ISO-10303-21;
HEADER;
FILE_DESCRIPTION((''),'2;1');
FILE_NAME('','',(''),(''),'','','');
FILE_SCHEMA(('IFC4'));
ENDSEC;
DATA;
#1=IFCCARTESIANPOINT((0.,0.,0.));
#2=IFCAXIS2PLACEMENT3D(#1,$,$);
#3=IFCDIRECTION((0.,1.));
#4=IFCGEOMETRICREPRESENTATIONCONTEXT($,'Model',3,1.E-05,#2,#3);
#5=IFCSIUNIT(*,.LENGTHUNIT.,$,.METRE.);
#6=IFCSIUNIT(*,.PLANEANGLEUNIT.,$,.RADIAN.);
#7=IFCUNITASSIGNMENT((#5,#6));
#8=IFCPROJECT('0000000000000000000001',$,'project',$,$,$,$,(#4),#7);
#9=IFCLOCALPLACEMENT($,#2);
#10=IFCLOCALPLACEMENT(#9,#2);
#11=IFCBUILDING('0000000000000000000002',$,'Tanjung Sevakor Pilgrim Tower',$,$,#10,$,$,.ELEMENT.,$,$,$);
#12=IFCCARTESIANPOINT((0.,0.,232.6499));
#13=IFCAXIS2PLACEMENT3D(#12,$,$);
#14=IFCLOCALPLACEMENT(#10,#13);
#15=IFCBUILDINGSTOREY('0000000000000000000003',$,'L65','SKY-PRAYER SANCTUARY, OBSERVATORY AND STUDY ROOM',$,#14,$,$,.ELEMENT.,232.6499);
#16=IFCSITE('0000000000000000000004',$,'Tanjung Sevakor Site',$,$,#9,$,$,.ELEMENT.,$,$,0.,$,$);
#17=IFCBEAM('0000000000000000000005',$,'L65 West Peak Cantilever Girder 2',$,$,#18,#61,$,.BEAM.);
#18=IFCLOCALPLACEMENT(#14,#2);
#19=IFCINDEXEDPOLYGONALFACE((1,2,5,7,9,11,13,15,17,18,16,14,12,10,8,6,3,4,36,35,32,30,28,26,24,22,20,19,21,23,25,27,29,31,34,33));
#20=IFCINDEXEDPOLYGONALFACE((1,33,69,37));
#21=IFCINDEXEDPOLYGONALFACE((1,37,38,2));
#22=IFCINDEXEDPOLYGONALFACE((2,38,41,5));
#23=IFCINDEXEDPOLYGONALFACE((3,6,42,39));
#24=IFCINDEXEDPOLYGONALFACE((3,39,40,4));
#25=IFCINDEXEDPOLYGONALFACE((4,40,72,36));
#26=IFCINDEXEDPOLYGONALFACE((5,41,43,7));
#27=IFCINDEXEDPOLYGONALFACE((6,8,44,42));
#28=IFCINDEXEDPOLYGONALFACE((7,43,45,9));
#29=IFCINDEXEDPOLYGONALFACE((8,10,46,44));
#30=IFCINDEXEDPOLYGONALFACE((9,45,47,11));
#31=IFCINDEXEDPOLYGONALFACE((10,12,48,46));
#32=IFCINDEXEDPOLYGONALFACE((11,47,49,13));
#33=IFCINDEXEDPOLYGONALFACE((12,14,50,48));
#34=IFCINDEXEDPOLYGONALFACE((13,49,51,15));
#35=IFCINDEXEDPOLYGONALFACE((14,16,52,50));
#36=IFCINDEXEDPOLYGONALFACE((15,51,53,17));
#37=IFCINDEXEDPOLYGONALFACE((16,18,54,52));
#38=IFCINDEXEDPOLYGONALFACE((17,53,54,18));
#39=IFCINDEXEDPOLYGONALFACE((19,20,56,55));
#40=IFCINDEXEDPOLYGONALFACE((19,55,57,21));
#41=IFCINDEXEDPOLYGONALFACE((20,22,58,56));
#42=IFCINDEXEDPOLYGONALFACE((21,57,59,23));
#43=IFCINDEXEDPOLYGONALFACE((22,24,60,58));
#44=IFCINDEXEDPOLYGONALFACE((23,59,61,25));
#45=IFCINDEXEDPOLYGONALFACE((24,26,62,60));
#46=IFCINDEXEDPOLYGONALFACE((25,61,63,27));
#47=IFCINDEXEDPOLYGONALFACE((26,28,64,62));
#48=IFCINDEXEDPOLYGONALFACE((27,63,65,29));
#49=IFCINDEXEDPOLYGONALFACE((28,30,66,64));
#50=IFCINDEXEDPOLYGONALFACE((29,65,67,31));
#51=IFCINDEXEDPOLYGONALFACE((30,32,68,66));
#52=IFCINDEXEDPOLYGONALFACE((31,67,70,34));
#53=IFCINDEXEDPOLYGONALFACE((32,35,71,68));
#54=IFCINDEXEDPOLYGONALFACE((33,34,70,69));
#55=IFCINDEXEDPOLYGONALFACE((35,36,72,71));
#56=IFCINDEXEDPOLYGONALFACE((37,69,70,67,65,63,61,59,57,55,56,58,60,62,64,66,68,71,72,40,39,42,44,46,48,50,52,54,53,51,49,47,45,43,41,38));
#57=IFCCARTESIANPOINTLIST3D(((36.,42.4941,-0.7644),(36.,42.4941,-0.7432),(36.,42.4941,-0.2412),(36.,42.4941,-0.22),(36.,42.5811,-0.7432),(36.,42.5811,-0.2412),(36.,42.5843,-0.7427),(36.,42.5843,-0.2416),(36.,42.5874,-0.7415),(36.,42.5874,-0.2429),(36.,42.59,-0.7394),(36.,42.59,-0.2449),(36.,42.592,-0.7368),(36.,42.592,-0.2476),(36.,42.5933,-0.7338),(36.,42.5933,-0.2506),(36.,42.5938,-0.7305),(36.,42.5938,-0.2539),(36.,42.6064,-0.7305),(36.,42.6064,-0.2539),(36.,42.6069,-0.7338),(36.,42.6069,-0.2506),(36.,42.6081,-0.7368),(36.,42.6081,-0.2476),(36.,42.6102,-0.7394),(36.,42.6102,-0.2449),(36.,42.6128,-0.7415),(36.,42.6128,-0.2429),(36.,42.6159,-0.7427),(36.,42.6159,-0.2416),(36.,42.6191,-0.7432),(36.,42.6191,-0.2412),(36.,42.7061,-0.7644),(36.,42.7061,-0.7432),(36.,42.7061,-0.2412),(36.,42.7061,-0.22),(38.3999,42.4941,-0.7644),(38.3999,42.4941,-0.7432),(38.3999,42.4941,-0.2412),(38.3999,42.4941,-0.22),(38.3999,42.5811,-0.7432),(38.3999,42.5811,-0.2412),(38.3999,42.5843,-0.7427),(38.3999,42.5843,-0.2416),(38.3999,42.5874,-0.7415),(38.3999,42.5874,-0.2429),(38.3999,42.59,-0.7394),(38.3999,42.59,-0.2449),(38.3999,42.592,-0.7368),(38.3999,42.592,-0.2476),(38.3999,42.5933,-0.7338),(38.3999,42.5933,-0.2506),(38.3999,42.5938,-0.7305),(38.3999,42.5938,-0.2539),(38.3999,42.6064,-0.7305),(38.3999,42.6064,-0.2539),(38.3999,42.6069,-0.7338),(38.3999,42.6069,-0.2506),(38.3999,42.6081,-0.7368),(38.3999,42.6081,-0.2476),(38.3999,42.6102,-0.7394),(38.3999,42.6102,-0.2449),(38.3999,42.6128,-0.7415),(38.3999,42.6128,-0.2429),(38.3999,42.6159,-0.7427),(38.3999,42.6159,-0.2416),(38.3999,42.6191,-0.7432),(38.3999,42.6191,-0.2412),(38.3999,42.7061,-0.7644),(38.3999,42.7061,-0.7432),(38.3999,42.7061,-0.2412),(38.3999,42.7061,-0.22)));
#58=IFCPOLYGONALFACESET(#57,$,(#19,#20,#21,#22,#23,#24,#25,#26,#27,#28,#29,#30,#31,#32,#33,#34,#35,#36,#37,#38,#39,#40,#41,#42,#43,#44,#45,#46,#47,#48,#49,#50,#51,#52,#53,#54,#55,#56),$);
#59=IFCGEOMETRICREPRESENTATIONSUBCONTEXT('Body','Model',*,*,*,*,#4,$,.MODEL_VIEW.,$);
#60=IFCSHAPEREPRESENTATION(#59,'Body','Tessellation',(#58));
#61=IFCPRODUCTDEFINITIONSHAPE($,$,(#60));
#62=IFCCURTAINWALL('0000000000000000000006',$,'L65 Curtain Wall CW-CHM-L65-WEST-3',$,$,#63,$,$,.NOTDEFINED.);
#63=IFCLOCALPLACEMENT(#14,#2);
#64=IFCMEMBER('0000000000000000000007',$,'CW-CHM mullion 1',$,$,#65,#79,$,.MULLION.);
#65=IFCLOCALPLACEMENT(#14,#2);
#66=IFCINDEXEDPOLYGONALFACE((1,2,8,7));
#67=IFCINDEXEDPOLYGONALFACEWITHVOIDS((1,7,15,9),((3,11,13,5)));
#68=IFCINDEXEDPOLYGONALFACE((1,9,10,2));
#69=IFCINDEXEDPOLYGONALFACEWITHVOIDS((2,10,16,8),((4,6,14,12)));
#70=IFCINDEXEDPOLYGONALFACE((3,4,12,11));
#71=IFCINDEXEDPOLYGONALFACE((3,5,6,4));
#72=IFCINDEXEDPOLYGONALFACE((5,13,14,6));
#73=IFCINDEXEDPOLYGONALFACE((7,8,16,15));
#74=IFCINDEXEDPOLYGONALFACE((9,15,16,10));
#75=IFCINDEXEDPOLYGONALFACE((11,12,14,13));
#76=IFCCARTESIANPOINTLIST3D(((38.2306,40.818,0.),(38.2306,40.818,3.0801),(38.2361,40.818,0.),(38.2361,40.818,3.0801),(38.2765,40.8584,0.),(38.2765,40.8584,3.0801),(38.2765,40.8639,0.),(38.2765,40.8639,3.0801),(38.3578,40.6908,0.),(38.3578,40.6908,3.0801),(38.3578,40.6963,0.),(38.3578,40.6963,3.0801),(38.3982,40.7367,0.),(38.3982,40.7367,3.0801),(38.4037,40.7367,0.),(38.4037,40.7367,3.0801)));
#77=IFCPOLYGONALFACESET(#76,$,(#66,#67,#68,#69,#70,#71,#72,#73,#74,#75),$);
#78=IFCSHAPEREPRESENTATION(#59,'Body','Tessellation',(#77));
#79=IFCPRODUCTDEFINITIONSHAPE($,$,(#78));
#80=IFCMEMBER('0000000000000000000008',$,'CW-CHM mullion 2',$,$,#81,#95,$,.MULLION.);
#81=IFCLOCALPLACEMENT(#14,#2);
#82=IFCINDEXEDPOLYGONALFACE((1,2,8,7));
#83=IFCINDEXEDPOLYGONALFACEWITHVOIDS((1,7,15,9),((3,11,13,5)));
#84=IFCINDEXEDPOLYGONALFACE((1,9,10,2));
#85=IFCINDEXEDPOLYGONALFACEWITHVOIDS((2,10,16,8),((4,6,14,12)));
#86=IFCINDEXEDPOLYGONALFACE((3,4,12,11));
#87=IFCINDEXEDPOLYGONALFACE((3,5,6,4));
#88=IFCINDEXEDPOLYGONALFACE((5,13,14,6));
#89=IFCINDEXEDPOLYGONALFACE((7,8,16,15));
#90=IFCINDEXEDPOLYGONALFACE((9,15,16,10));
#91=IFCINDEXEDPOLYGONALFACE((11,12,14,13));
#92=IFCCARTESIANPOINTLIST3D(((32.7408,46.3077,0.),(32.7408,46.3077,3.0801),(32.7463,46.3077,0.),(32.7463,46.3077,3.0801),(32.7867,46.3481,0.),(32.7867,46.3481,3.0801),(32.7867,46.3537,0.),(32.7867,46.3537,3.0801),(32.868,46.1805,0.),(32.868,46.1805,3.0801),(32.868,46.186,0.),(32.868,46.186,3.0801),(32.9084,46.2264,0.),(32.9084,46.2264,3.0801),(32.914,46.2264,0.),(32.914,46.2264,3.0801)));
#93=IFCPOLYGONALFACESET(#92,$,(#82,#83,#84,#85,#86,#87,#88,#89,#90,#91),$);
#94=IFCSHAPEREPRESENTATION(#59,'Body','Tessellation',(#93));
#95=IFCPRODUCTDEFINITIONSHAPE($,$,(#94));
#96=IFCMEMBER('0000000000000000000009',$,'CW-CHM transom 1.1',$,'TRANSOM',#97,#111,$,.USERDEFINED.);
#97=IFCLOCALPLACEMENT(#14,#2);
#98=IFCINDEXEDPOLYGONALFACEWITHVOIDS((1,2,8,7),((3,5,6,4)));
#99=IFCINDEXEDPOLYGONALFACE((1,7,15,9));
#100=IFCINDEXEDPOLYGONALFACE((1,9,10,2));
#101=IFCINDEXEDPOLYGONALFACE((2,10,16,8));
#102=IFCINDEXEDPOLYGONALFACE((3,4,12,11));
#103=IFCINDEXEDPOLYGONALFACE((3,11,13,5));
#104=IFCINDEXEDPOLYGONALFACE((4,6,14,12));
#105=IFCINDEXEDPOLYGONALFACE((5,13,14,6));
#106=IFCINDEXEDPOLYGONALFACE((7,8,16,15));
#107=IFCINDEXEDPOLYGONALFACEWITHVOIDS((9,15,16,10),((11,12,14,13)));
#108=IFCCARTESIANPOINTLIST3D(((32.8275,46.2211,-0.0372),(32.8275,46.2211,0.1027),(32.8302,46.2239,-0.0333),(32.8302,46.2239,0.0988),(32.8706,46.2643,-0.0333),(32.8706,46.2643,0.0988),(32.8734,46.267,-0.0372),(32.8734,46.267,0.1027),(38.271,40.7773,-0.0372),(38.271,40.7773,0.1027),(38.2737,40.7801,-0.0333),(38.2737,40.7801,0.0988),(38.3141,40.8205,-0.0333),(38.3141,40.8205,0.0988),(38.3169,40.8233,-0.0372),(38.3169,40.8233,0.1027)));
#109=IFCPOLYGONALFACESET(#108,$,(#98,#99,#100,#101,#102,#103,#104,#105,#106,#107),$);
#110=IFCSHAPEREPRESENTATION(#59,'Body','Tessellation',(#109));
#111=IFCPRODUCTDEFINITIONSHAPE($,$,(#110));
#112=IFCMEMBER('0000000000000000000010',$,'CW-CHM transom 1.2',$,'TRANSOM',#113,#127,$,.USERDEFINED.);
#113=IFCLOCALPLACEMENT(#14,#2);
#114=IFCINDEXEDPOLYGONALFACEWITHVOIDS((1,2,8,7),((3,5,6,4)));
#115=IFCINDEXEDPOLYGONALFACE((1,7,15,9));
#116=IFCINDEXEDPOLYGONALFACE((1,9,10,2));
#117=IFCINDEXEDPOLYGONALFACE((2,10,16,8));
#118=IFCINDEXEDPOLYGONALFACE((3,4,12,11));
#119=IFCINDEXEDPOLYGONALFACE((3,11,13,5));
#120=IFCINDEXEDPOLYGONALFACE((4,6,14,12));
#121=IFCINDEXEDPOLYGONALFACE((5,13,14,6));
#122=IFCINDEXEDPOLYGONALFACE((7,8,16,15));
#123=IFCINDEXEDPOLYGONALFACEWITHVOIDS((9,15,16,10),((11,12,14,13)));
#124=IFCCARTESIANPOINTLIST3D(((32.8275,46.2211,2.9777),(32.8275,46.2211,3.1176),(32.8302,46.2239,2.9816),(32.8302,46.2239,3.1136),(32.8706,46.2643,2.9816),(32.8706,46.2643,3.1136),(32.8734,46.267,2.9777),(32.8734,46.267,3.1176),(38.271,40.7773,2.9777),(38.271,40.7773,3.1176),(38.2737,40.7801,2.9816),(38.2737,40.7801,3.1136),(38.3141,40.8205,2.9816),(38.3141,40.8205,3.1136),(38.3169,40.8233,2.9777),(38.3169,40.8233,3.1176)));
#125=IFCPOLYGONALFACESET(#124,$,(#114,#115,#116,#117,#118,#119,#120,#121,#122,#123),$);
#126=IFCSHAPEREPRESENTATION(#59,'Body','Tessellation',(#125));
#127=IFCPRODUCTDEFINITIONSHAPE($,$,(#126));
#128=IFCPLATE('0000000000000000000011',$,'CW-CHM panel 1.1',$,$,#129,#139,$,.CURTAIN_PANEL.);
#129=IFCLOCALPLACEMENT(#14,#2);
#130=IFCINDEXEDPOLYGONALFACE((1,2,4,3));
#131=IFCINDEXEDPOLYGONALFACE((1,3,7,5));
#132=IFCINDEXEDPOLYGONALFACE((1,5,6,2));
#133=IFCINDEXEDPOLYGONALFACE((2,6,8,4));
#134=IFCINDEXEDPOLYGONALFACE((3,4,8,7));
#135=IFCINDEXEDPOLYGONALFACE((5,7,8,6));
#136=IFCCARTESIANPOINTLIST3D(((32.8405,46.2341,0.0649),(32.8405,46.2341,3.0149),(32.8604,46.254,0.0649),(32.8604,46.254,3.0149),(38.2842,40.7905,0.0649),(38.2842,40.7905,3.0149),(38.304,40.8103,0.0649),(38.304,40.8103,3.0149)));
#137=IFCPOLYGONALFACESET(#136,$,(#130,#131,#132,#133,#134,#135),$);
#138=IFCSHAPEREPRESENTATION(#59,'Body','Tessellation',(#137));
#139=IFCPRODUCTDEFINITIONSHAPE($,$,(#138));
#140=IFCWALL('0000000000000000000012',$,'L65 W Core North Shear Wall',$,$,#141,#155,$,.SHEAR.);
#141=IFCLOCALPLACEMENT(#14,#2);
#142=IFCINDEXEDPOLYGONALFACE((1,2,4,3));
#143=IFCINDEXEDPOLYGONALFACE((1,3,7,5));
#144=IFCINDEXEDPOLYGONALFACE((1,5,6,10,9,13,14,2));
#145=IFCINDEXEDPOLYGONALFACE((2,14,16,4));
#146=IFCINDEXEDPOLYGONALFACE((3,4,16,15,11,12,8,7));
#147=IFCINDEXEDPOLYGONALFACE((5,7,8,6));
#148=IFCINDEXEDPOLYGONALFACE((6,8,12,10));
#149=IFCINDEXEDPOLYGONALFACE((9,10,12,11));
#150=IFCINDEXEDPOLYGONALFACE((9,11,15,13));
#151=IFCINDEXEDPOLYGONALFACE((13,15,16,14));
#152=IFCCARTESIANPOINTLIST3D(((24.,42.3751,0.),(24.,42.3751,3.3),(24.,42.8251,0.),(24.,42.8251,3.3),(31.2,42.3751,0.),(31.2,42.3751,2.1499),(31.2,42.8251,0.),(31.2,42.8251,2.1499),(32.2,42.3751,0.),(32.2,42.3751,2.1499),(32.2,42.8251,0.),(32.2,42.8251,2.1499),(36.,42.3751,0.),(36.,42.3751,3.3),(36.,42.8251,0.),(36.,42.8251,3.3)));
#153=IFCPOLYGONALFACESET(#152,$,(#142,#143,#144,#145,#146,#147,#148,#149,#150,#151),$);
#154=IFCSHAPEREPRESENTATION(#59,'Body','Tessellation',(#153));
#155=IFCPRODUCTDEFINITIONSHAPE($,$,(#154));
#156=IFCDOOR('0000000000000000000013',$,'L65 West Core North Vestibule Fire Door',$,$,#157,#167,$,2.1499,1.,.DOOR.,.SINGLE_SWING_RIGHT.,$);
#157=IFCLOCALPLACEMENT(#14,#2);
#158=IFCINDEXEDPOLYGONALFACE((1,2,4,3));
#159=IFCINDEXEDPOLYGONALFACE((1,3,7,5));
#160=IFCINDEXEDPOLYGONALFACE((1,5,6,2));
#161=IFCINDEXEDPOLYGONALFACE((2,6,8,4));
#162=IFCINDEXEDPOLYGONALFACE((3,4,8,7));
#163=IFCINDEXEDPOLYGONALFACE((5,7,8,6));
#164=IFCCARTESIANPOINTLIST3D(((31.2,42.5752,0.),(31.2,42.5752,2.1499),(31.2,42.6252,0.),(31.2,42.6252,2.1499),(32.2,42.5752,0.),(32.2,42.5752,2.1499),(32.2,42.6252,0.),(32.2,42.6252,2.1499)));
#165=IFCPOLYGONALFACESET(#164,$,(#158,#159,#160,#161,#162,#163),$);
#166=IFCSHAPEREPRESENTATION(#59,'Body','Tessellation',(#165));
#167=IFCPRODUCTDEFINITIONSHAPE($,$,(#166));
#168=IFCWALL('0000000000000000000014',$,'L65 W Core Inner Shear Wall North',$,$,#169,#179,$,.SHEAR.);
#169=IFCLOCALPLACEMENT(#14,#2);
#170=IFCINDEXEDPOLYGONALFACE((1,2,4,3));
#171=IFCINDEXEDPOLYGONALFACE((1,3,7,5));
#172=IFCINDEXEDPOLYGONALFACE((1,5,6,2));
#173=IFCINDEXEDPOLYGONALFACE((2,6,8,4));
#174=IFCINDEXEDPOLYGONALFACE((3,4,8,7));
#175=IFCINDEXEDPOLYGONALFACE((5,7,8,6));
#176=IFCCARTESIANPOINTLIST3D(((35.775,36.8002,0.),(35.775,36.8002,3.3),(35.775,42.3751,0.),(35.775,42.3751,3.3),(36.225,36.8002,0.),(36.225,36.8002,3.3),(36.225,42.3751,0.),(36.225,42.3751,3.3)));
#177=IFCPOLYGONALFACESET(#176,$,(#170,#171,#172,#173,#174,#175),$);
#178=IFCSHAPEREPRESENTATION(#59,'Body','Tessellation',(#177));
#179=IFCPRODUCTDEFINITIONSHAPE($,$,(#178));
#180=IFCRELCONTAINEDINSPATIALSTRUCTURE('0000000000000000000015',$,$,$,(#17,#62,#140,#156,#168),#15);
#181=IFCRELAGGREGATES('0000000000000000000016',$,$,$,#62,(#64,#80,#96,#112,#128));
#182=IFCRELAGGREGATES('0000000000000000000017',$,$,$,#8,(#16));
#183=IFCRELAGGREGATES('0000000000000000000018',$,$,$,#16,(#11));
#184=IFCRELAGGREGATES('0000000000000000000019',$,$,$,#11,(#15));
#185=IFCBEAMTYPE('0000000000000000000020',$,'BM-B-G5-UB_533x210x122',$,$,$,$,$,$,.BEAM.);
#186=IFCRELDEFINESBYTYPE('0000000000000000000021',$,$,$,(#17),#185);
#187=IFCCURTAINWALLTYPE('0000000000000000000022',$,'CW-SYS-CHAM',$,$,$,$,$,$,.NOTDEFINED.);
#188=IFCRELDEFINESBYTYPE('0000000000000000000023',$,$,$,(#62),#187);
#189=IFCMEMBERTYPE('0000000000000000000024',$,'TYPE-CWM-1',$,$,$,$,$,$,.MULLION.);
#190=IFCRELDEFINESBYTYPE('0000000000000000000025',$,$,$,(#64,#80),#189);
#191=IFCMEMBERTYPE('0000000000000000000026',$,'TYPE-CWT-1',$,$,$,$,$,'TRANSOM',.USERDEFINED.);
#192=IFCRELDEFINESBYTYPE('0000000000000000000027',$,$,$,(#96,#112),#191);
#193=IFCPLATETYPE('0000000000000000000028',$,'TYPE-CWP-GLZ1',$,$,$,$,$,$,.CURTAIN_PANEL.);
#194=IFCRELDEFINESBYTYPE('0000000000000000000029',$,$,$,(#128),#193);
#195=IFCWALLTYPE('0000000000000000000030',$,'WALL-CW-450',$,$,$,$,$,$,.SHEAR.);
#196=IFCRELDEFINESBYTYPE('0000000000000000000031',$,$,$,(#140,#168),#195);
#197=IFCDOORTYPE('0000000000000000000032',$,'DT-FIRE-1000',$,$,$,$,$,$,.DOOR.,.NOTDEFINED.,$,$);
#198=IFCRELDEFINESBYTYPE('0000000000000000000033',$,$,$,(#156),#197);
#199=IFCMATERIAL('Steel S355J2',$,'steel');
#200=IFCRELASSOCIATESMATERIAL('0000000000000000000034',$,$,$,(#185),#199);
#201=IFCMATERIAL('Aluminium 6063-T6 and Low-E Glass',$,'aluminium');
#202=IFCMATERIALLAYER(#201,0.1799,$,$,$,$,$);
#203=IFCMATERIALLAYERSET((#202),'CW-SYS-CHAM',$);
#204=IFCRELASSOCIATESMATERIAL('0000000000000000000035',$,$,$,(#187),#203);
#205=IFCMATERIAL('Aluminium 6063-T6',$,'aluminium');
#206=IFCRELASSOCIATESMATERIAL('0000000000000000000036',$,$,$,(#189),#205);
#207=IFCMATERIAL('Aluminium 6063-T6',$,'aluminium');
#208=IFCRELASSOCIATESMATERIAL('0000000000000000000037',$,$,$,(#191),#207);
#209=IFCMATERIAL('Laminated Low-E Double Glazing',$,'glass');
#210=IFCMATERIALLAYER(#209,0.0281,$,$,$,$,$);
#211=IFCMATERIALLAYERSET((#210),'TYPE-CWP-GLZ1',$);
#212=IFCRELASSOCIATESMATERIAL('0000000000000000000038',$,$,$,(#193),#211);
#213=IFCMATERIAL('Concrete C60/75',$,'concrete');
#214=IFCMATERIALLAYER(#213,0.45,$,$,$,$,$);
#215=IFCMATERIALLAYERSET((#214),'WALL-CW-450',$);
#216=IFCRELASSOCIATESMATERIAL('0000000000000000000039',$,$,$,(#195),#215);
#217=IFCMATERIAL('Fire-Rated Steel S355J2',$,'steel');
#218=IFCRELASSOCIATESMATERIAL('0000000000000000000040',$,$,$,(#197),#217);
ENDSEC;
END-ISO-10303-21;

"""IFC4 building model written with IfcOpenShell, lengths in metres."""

from ifc_helpers import new_model, si_unit, direction, frame, frame_2d, origin, origin_2d, place, context, subcontext, project, spatial, rectangle, hollow_rectangle, i_section, extrude, material, layer, layer_set, material_profile, profile_set, type_object, element, fill, aggregate, save


model = new_model("IFC4")

# Units and contexts
model_context = context("Model", 3, precision=1e-05, world=origin(), true_north=direction((0.0, 1.0)))
body_context = subcontext(model_context, "Body", "Model", "MODEL_VIEW")
ifc_project = project(units=[si_unit("LENGTHUNIT", "METRE"), si_unit("PLANEANGLEUNIT", "RADIAN")], contexts=[model_context])

# Site, building, storey
site_placement = place(None, origin())
site = spatial("IfcSite", under=ifc_project, at=site_placement, Name="Tanjung Sevakor Site", CompositionType="ELEMENT", RefElevation=0.0)
building_placement = place(site_placement, origin())
building = spatial("IfcBuilding", under=site, at=building_placement, Name="Tanjung Sevakor Pilgrim Tower", CompositionType="ELEMENT")
storey_placement = place(building_placement, frame((0.0, 0.0, 232.6499)))
storey = spatial("IfcBuildingStorey", under=building, at=storey_placement, Name="L65", Description="SKY-PRAYER SANCTUARY, OBSERVATORY AND STUDY ROOM", CompositionType="ELEMENT", Elevation=232.6499)

# Beam
ifc_material_1 = material(Name="Steel S355J2", Category="steel")
ifc_material_profile_1 = material_profile(ifc_material_1, i_section(OverallWidth=0.2119, OverallDepth=0.5444, WebThickness=0.0127, FlangeThickness=0.0212, FilletRadius=0.0127, at=origin_2d()))
ifc_profile_set_1 = profile_set([ifc_material_profile_1], Name="Steel S355J2")
beam_type = type_object("IfcBeamType", Name="BM-B-G5-UB_533x210x122", PredefinedType="BEAM", material=ifc_profile_set_1)
beam_placement = place(storey_placement, frame((36.0, 42.6001, -0.4922), z_axis=(1.0, 0.0, 0.0), x_axis=(0.0, 1.0, 0.0)))
element("IfcBeam", 1, at=beam_placement, inside=storey, type_object=beam_type, Name="L65 West Peak Cantilever Girder 2", PredefinedType="BEAM", context=body_context, shape_type="SweptSolid", body=[
    extrude(i_section(OverallWidth=0.2119, OverallDepth=0.5444, WebThickness=0.0127, FlangeThickness=0.0212, FilletRadius=0.0127, at=origin_2d()), origin(), (0.0, 0.0, 1.0), 2.3999),
])

# Curtain wall, members, plate
ifc_material_2 = material(Name="Aluminium 6063-T6 and Low-E Glass", Category="aluminium")
ifc_layer_1 = layer(ifc_material_2, 0.1799)
ifc_layer_set_1 = layer_set([ifc_layer_1], Name="CW-SYS-CHAM")
curtain_wall_type = type_object("IfcCurtainWallType", Name="CW-SYS-CHAM", PredefinedType="NOTDEFINED", material=ifc_layer_set_1)
curtain_wall_placement = place(storey_placement, origin())
curtain_wall = element("IfcCurtainWall", 2, at=curtain_wall_placement, inside=storey, type_object=curtain_wall_type, Name="L65 Curtain Wall CW-CHM-L65-WEST-3", PredefinedType="NOTDEFINED")
ifc_material_3 = material(Name="Aluminium 6063-T6", Category="aluminium")
ifc_material_profile_2 = material_profile(ifc_material_3, hollow_rectangle(XDim=0.0649, YDim=0.1799, WallThickness=0.0039, at=origin_2d()))
ifc_profile_set_2 = profile_set([ifc_material_profile_2], Name="Aluminium 6063-T6")
member_type_1 = type_object("IfcMemberType", Name="TYPE-CWM-1", PredefinedType="MULLION", material=ifc_profile_set_2)
member_1_placement = place(storey_placement, frame((38.3171, 40.7773, 0.0), z_axis=(0.0, 0.0, 1.0), x_axis=(-0.707107, -0.707107, 0.0)))
member_1 = element("IfcMember", 3, at=member_1_placement, type_object=member_type_1, Name="CW-CHM mullion 1", PredefinedType="MULLION", context=body_context, shape_type="SweptSolid", body=[
    extrude(hollow_rectangle(XDim=0.0649, YDim=0.1799, WallThickness=0.0039, at=origin_2d()), origin(), (0.0, 0.0, 1.0), 3.0801),
])
member_2_placement = place(storey_placement, frame((32.8274, 46.2671, 0.0), z_axis=(0.0, 0.0, 1.0), x_axis=(-0.707107, -0.707107, 0.0)))
member_2 = element("IfcMember", 4, at=member_2_placement, type_object=member_type_1, Name="CW-CHM mullion 2", PredefinedType="MULLION", context=body_context, shape_type="SweptSolid", body=[
    extrude(hollow_rectangle(XDim=0.0649, YDim=0.1799, WallThickness=0.0039, at=origin_2d()), origin(), (0.0, 0.0, 1.0), 3.0801),
])
ifc_material_4 = material(Name="Aluminium 6063-T6", Category="aluminium")
ifc_material_profile_3 = material_profile(ifc_material_4, hollow_rectangle(XDim=0.0649, YDim=0.1399, WallThickness=0.0039, at=origin_2d()))
ifc_profile_set_3 = profile_set([ifc_material_profile_3], Name="Aluminium 6063-T6")
member_type_2 = type_object("IfcMemberType", Name="TYPE-CWT-1", ElementType="TRANSOM", PredefinedType="USERDEFINED", material=ifc_profile_set_3)
member_3_placement = place(storey_placement, frame((38.2939, 40.8003, 0.0327), z_axis=(-0.707091, 0.707123, 0.0), x_axis=(-0.707123, -0.707091, 0.0)))
member_3 = element("IfcMember", 5, at=member_3_placement, type_object=member_type_2, Name="CW-CHM transom 1.1", ObjectType="TRANSOM", PredefinedType="USERDEFINED", context=body_context, shape_type="SweptSolid", body=[
    extrude(hollow_rectangle(XDim=0.0649, YDim=0.1399, WallThickness=0.0039, at=origin_2d()), origin(), (0.0, 0.0, 1.0), 7.6985),
])
member_4_placement = place(storey_placement, frame((38.2939, 40.8003, 3.0476), z_axis=(-0.707091, 0.707123, 0.0), x_axis=(-0.707123, -0.707091, 0.0)))
member_4 = element("IfcMember", 6, at=member_4_placement, type_object=member_type_2, Name="CW-CHM transom 1.2", ObjectType="TRANSOM", PredefinedType="USERDEFINED", context=body_context, shape_type="SweptSolid", body=[
    extrude(hollow_rectangle(XDim=0.0649, YDim=0.1399, WallThickness=0.0039, at=origin_2d()), origin(), (0.0, 0.0, 1.0), 7.6985),
])
ifc_material_5 = material(Name="Laminated Low-E Double Glazing", Category="glass")
ifc_layer_2 = layer(ifc_material_5, 0.0281)
ifc_layer_set_2 = layer_set([ifc_layer_2], Name="TYPE-CWP-GLZ1")
plate_type = type_object("IfcPlateType", Name="TYPE-CWP-GLZ1", PredefinedType="CURTAIN_PANEL", material=ifc_layer_set_2)
plate_placement = place(storey_placement, frame((35.5723, 43.5222, 0.0649), z_axis=(0.0, 0.0, 1.0), x_axis=(-0.707107, 0.707107, 0.0)))
plate = element("IfcPlate", 7, at=plate_placement, type_object=plate_type, Name="CW-CHM panel 1.1", PredefinedType="CURTAIN_PANEL", context=body_context, shape_type="SweptSolid", body=[
    extrude(rectangle(XDim=7.6985, YDim=0.0281, at=origin_2d()), origin(), (0.0, 0.0, 1.0), 2.95),
])
aggregate(curtain_wall, [member_1, member_2, member_3, member_4, plate])

# Wall, opening, door
ifc_material_6 = material(Name="Concrete C60/75", Category="concrete")
ifc_layer_3 = layer(ifc_material_6, 0.45)
ifc_layer_set_3 = layer_set([ifc_layer_3], Name="WALL-CW-450")
wall_type_1 = type_object("IfcWallType", Name="WALL-CW-450", PredefinedType="SHEAR", material=ifc_layer_set_3)
wall_1_placement = place(storey_placement, frame((36.0, 42.6001, 0.0), z_axis=(0.0, 0.0, 1.0), x_axis=(-1.0, 0.0, 0.0)))
wall_1 = element("IfcWall", 8, at=wall_1_placement, inside=storey, type_object=wall_type_1, Name="L65 W Core North Shear Wall", PredefinedType="SHEAR", context=body_context, shape_type="SweptSolid", body=[
    extrude(rectangle(XDim=12.0, YDim=0.45, at=frame_2d((6.0, 0.0))), origin(), (0.0, 0.0, 1.0), 3.3),
])
opening_1_placement = place(wall_1_placement, frame((3.8, 0.0, 0.0)))
opening_1 = element("IfcOpeningElement", 9, at=opening_1_placement, cuts=wall_1, PredefinedType="OPENING", context=body_context, shape_type="SweptSolid", body=[
    extrude(rectangle(XDim=1.0, YDim=2.1499, at=frame_2d((0.5, 1.075))), frame((0.0, 0.2349, 0.0), z_axis=(0.0, -1.0, 0.0), x_axis=(1.0, 0.0, 0.0)), (0.0, 0.0, 1.0), 0.47),
])
ifc_material_7 = material(Name="Fire-Rated Steel S355J2", Category="steel")
door_type_1 = type_object("IfcDoorType", Name="DT-FIRE-1000", OperationType="NOTDEFINED", PredefinedType="DOOR", material=ifc_material_7)
door_1_placement = place(opening_1_placement, origin())
door_1 = element("IfcDoor", 10, at=door_1_placement, inside=storey, type_object=door_type_1, Name="L65 West Core North Vestibule Fire Door", OperationType="SINGLE_SWING_RIGHT", OverallHeight=2.1499, OverallWidth=1.0, PredefinedType="DOOR", context=body_context, shape_type="SweptSolid", body=[
    extrude(rectangle(XDim=1.0, YDim=2.1499, at=frame_2d((0.5, 1.075))), frame((0.0, 0.0249, 0.0), z_axis=(0.0, -1.0, 0.0), x_axis=(1.0, 0.0, 0.0)), (0.0, 0.0, 1.0), 0.05),
])
fill(opening_1, door_1)

# Wall
wall_2_placement = place(storey_placement, frame((36.0, 36.8, 0.0), z_axis=(0.0, 0.0, 1.0), x_axis=(0.0, 1.0, 0.0)))
element("IfcWall", 11, at=wall_2_placement, inside=storey, type_object=wall_type_1, Name="L65 W Core Inner Shear Wall North", PredefinedType="SHEAR", context=body_context, shape_type="SweptSolid", body=[
    extrude(rectangle(XDim=5.575, YDim=0.45, at=frame_2d((2.7876, 0.0))), origin(), (0.0, 0.0, 1.0), 3.3),
])

save(model, "model.ifc")
